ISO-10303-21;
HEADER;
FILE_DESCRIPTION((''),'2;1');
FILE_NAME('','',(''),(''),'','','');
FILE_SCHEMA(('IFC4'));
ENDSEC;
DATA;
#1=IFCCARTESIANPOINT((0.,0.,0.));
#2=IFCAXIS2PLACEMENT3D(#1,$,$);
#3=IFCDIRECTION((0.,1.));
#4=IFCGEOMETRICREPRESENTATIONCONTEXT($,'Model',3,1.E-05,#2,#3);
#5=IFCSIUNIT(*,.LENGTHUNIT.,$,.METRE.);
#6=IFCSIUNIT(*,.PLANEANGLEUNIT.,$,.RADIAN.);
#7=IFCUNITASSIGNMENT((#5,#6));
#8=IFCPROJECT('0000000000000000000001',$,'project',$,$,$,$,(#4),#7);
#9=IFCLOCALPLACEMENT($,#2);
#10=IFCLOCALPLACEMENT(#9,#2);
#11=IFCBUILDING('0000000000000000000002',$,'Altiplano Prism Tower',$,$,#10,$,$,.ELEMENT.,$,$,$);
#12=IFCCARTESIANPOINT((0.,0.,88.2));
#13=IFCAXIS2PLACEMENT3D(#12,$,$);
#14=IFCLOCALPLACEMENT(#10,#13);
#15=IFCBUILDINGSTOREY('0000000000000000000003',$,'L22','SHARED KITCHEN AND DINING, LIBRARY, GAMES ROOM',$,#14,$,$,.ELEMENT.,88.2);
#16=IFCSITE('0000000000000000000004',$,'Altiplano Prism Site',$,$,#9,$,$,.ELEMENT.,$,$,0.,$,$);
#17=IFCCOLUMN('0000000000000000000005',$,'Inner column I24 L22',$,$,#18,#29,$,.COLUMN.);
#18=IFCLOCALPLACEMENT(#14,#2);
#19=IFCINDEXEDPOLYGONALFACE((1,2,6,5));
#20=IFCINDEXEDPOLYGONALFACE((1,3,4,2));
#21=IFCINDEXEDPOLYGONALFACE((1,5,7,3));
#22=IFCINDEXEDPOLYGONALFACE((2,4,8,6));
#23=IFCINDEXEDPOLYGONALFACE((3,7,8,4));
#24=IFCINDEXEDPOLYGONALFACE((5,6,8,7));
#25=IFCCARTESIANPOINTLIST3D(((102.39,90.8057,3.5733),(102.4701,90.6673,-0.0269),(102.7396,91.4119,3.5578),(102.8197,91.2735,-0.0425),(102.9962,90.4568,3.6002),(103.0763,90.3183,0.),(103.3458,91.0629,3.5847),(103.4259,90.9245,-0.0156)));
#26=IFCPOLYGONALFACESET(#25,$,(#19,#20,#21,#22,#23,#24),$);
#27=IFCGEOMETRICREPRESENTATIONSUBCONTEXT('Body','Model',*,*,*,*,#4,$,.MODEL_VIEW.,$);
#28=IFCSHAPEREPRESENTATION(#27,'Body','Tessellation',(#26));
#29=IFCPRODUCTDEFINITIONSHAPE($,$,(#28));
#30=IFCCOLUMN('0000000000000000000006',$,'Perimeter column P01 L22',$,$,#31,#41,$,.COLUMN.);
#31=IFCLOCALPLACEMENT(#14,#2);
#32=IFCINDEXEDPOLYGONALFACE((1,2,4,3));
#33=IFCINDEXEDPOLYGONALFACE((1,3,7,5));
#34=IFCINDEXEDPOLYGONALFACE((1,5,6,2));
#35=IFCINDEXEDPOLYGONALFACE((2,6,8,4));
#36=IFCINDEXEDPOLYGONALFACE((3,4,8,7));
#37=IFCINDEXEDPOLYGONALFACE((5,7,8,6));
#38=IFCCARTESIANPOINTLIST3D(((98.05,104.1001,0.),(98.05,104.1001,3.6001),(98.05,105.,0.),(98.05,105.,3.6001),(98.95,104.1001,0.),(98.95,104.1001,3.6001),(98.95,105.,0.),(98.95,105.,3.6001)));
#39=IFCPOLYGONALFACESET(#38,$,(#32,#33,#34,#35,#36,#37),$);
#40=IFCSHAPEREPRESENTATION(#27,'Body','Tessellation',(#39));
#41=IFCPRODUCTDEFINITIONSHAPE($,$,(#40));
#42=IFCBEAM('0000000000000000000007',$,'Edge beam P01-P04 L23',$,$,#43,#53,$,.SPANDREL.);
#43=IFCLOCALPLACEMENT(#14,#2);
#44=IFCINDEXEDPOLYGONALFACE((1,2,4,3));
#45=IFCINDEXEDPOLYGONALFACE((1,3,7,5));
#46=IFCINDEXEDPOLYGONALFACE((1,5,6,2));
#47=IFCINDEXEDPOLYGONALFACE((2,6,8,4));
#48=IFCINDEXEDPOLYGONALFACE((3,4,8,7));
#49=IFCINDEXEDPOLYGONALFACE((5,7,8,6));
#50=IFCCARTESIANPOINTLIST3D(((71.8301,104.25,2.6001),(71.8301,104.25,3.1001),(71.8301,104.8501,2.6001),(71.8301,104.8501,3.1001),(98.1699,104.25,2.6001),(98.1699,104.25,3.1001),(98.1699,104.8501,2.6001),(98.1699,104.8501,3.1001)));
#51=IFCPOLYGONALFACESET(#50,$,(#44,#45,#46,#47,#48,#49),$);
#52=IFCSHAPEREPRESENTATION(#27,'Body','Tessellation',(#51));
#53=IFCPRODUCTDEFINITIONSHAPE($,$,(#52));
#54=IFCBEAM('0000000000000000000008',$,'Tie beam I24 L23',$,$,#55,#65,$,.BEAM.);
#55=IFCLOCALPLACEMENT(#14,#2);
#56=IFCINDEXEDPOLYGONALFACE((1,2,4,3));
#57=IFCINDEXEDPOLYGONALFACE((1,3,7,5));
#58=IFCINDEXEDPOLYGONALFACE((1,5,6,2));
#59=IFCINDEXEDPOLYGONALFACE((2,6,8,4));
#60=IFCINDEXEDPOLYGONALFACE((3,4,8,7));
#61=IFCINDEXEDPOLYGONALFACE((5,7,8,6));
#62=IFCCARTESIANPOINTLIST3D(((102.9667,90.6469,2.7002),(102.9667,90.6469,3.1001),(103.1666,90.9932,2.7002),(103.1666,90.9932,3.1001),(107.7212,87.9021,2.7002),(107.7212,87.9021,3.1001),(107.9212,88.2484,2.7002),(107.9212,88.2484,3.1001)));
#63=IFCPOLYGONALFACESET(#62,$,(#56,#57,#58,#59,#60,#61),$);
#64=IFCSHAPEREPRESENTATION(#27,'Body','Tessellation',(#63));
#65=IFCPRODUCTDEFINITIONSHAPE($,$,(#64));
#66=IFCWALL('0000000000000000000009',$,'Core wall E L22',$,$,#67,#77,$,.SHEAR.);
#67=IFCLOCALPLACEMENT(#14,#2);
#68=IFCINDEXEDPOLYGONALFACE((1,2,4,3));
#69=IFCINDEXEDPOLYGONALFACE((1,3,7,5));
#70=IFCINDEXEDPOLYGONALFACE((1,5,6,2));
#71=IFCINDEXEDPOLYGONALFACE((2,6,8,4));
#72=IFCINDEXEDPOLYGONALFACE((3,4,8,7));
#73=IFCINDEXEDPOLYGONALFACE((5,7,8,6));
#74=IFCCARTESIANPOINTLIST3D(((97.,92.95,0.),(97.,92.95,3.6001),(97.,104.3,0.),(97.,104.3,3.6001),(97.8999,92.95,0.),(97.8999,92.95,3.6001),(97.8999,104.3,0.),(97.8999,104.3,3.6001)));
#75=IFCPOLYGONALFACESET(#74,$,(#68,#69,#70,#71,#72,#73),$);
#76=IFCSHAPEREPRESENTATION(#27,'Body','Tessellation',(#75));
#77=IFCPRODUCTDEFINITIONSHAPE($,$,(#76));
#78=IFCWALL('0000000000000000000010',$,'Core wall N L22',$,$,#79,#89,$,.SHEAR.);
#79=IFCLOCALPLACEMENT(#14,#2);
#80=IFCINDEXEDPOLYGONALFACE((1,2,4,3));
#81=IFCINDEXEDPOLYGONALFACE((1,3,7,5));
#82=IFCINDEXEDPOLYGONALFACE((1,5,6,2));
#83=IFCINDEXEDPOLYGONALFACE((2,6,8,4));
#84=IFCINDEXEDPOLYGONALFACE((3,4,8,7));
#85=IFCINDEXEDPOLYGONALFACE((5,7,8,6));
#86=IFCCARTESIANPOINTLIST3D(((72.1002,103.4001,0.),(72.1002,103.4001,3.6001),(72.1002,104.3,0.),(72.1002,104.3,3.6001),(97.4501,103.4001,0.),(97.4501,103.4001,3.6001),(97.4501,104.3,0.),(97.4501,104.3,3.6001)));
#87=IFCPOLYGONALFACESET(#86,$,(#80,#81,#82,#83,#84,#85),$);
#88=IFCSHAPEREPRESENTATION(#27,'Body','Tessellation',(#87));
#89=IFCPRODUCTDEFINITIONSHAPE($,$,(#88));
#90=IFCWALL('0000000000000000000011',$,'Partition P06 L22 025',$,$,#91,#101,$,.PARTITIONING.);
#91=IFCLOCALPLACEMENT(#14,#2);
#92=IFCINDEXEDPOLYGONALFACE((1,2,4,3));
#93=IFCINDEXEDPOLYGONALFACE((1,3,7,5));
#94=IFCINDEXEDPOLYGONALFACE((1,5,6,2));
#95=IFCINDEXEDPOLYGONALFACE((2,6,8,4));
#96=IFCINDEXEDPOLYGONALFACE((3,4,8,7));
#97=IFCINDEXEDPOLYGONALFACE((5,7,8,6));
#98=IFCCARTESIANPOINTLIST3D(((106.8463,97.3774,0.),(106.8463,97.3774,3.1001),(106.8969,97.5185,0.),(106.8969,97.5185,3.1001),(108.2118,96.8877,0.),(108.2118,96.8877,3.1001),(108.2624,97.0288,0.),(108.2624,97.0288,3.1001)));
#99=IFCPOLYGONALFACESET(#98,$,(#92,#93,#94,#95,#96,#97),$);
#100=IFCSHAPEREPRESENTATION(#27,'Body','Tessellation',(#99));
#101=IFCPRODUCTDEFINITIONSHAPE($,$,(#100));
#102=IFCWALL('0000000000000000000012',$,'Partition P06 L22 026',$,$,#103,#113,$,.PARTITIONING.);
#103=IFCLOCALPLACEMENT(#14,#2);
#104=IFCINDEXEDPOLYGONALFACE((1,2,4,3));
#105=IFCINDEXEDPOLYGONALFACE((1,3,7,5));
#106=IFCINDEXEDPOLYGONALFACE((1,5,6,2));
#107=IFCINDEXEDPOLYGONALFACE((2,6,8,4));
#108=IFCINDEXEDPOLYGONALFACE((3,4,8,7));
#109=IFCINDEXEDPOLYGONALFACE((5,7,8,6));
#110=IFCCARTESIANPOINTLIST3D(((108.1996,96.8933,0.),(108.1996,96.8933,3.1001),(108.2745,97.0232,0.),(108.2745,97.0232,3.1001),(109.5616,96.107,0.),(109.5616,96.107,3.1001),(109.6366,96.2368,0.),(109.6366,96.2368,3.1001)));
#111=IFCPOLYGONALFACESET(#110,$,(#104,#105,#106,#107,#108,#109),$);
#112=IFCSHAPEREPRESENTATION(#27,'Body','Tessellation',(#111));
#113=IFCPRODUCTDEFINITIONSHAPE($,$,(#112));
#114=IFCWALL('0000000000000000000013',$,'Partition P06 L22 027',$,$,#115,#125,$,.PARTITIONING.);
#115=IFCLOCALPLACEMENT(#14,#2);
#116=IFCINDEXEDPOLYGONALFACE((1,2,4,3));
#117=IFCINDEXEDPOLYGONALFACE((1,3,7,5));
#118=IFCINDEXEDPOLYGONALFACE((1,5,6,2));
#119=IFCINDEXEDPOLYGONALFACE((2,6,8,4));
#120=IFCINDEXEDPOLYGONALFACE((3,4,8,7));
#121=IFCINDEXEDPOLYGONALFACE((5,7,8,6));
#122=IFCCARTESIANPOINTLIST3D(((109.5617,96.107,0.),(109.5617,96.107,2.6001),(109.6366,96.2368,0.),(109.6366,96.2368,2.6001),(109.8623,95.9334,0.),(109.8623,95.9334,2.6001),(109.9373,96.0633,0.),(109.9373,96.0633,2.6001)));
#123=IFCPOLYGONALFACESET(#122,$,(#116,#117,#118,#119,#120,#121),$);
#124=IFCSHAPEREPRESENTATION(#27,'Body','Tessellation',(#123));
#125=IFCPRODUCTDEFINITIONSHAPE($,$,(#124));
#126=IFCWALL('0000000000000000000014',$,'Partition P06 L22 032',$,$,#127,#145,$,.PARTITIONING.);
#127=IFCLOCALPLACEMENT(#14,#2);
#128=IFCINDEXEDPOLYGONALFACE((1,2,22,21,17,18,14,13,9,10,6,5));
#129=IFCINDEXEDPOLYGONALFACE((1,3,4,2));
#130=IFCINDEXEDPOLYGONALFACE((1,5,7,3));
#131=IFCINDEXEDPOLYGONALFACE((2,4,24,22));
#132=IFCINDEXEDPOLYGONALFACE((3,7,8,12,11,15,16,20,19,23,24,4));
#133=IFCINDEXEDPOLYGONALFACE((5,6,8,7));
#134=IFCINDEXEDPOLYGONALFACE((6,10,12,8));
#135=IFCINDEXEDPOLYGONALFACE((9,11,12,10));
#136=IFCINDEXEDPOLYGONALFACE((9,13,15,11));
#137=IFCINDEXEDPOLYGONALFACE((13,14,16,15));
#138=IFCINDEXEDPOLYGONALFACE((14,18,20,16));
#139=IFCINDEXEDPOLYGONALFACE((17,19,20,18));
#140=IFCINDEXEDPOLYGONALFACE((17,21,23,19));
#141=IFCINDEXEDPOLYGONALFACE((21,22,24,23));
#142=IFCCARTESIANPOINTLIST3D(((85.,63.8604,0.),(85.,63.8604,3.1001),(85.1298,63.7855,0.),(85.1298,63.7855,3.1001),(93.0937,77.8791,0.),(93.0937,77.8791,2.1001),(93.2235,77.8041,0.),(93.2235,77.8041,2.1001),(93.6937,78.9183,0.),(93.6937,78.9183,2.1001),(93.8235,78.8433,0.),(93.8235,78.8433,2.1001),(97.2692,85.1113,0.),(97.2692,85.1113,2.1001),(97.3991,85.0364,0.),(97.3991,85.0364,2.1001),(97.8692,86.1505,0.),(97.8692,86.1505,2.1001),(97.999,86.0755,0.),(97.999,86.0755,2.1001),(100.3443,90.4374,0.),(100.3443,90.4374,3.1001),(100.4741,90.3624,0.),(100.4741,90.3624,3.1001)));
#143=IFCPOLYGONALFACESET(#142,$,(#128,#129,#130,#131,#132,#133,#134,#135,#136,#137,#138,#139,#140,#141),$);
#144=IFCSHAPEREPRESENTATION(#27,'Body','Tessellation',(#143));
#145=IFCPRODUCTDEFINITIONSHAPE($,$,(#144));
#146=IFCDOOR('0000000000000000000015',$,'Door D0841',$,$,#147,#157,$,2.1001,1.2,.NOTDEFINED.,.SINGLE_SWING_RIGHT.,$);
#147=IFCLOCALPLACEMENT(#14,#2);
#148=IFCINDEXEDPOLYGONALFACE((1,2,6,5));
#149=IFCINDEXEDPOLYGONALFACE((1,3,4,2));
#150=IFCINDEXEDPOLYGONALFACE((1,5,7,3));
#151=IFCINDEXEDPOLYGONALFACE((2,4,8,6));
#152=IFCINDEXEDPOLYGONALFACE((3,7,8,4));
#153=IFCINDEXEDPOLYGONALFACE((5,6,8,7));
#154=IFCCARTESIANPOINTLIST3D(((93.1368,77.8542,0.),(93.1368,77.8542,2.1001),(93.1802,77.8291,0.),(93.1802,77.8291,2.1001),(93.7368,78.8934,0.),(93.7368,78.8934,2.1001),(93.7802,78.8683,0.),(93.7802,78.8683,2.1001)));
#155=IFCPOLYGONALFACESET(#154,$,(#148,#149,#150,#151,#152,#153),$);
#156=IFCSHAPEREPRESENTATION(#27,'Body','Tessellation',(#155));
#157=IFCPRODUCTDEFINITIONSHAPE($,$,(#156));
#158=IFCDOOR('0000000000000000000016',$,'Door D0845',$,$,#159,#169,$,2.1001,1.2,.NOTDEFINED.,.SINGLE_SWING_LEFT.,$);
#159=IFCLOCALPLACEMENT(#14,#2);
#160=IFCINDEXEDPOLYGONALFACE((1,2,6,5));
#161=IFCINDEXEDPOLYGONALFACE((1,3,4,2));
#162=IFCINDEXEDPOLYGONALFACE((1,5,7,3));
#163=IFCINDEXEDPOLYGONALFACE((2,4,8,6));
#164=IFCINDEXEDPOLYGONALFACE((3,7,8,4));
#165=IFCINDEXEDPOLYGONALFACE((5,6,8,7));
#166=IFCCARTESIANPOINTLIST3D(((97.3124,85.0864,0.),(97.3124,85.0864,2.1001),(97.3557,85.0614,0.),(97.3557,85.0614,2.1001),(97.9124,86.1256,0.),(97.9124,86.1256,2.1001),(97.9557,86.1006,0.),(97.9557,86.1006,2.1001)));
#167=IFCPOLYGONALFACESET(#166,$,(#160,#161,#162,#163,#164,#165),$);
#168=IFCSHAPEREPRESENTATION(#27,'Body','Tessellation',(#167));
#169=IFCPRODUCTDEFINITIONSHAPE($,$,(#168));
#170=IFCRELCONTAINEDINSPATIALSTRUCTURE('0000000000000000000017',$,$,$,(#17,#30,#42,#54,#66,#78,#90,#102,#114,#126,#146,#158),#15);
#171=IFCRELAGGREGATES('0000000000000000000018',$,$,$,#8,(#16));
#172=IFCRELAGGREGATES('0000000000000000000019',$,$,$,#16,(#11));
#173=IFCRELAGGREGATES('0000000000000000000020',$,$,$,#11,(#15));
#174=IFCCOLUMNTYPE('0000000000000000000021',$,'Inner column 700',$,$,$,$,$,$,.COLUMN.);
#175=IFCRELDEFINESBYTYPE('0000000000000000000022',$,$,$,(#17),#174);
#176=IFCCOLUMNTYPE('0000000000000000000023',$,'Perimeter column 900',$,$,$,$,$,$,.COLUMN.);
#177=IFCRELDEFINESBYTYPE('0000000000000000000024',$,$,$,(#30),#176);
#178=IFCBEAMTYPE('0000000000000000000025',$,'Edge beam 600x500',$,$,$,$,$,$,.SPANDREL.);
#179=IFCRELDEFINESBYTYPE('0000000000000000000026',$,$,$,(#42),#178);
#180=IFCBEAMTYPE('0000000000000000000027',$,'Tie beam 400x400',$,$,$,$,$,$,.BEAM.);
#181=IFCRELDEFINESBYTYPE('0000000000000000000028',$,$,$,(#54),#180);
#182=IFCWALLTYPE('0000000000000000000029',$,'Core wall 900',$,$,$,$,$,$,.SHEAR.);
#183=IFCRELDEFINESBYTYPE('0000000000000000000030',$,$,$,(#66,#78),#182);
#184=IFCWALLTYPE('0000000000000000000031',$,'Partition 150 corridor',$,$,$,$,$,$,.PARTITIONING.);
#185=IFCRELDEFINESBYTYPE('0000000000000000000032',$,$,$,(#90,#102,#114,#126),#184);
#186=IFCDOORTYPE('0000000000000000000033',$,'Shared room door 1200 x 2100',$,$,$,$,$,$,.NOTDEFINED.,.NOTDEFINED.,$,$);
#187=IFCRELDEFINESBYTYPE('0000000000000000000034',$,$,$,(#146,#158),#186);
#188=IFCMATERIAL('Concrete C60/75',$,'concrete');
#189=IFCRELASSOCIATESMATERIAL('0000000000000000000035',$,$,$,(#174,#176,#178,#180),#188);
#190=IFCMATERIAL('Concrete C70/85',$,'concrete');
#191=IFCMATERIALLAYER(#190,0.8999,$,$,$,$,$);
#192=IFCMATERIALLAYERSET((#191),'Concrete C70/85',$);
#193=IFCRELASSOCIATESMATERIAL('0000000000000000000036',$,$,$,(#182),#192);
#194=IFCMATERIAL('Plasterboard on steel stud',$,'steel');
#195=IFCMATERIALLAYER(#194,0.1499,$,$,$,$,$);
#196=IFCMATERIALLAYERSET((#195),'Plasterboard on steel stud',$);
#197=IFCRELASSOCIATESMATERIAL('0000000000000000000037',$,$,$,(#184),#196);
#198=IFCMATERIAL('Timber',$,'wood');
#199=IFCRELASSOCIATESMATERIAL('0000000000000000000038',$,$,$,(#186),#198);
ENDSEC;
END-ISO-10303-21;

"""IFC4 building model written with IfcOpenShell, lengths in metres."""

from ifc_helpers import new_model, si_unit, direction, frame, frame_2d, origin, origin_2d, place, context, subcontext, project, spatial, rectangle, extrude, material, layer, layer_set, material_profile, profile_set, type_object, element, fill, save


model = new_model("IFC4")

# Units and contexts
model_context = context("Model", 3, precision=1e-05, world=origin(), true_north=direction((0.0, 1.0)))
body_context = subcontext(model_context, "Body", "Model", "MODEL_VIEW")
ifc_project = project(units=[si_unit("LENGTHUNIT", "METRE"), si_unit("PLANEANGLEUNIT", "RADIAN")], contexts=[model_context])

# Site, building, storey
site_placement = place(None, origin())
site = spatial("IfcSite", under=ifc_project, at=site_placement, Name="Altiplano Prism Site", CompositionType="ELEMENT", RefElevation=0.0)
building_placement = place(site_placement, origin())
building = spatial("IfcBuilding", under=site, at=building_placement, Name="Altiplano Prism Tower", CompositionType="ELEMENT")
storey_placement = place(building_placement, frame((0.0, 0.0, 88.2)))
storey = spatial("IfcBuildingStorey", under=building, at=storey_placement, Name="L22", Description="SHARED KITCHEN AND DINING, LIBRARY, GAMES ROOM", CompositionType="ELEMENT", Elevation=88.2)

# Columns
ifc_material_1 = material(Name="Concrete C60/75", Category="concrete")
ifc_material_profile_1 = material_profile(ifc_material_1, rectangle(XDim=0.7, YDim=0.7, at=origin_2d()), Name="Inner column 700")
ifc_profile_set_1 = profile_set([ifc_material_profile_1], Name="Concrete C60/75")
column_type_1 = type_object("IfcColumnType", Name="Inner column 700", PredefinedType="COLUMN", material=ifc_profile_set_1)
column_1_placement = place(storey_placement, frame((102.948, 90.7959, -0.0212), z_axis=(-0.022221, 0.038413, 0.999015), x_axis=(-0.499513, -0.866022, 0.022189)))
element("IfcColumn", 1, at=column_1_placement, inside=storey, type_object=column_type_1, Name="Inner column I24 L22", PredefinedType="COLUMN", context=body_context, shape_type="SweptSolid", body=[
    extrude(rectangle(XDim=0.7, YDim=0.7, at=origin_2d()), origin(), (0.0, 0.0, 1.0), 3.6038),
])
ifc_material_profile_2 = material_profile(ifc_material_1, rectangle(XDim=0.8999, YDim=0.8999, at=origin_2d()), Name="Perimeter column 900")
ifc_profile_set_2 = profile_set([ifc_material_profile_2], Name="Concrete C60/75")
column_type_2 = type_object("IfcColumnType", Name="Perimeter column 900", PredefinedType="COLUMN", material=ifc_profile_set_2)
column_2_placement = place(storey_placement, frame((98.5, 104.55, 0.0), z_axis=(0.0, 0.0, 1.0), x_axis=(1.0, 0.0, 0.0)))
element("IfcColumn", 2, at=column_2_placement, inside=storey, type_object=column_type_2, Name="Perimeter column P01 L22", PredefinedType="COLUMN", context=body_context, shape_type="SweptSolid", body=[
    extrude(rectangle(XDim=0.8999, YDim=0.8999, at=origin_2d()), origin(), (0.0, 0.0, 1.0), 3.6001),
])

# Beams
ifc_material_profile_3 = material_profile(ifc_material_1, rectangle(XDim=0.6001, YDim=0.5, at=origin_2d()), Name="Edge beam 600x500")
ifc_profile_set_3 = profile_set([ifc_material_profile_3], Name="Concrete C60/75")
beam_type_1 = type_object("IfcBeamType", Name="Edge beam 600x500", PredefinedType="SPANDREL", material=ifc_profile_set_3)
beam_1_placement = place(storey_placement, frame((98.1699, 104.55, 2.8501), z_axis=(-1.0, 0.0, 0.0), x_axis=(0.0, -1.0, 0.0)))
element("IfcBeam", 3, at=beam_1_placement, inside=storey, type_object=beam_type_1, Name="Edge beam P01-P04 L23", PredefinedType="SPANDREL", context=body_context, shape_type="SweptSolid", body=[
    extrude(rectangle(XDim=0.6001, YDim=0.5, at=origin_2d()), origin(), (0.0, 0.0, 1.0), 26.3398),
])
ifc_material_profile_4 = material_profile(ifc_material_1, rectangle(XDim=0.3999, YDim=0.3999, at=origin_2d()), Name="Tie beam 400x400")
ifc_profile_set_4 = profile_set([ifc_material_profile_4], Name="Concrete C60/75")
beam_type_2 = type_object("IfcBeamType", Name="Tie beam 400x400", PredefinedType="BEAM", material=ifc_profile_set_4)
beam_2_placement = place(storey_placement, frame((103.0667, 90.8201, 2.9001), z_axis=(0.866043, -0.49997, 0.0), x_axis=(0.49997, 0.866043, 0.0)))
element("IfcBeam", 4, at=beam_2_placement, inside=storey, type_object=beam_type_2, Name="Tie beam I24 L23", PredefinedType="BEAM", context=body_context, shape_type="SweptSolid", body=[
    extrude(rectangle(XDim=0.3999, YDim=0.3999, at=origin_2d()), origin(), (0.0, 0.0, 1.0), 5.49),
])

# Walls
ifc_material_2 = material(Name="Concrete C70/85", Category="concrete")
ifc_layer_1 = layer(ifc_material_2, 0.8999)
ifc_layer_set_1 = layer_set([ifc_layer_1], Name="Concrete C70/85")
wall_type_1 = type_object("IfcWallType", Name="Core wall 900", PredefinedType="SHEAR", material=ifc_layer_set_1)
wall_1_placement = place(storey_placement, frame((97.45, 92.95, 0.0), z_axis=(0.0, 0.0, 1.0), x_axis=(0.0, 1.0, 0.0)))
element("IfcWall", 5, at=wall_1_placement, inside=storey, type_object=wall_type_1, Name="Core wall E L22", PredefinedType="SHEAR", context=body_context, shape_type="SweptSolid", body=[
    extrude(rectangle(XDim=11.3501, YDim=0.8999, at=frame_2d((5.675, 0.0))), origin(), (0.0, 0.0, 1.0), 3.6001),
])
wall_2_placement = place(storey_placement, frame((97.45, 103.8501, 0.0), z_axis=(0.0, 0.0, 1.0), x_axis=(-1.0, 0.0, 0.0)))
element("IfcWall", 6, at=wall_2_placement, inside=storey, type_object=wall_type_1, Name="Core wall N L22", PredefinedType="SHEAR", context=body_context, shape_type="SweptSolid", body=[
    extrude(rectangle(XDim=25.3499, YDim=0.8999, at=frame_2d((12.6748, 0.0))), origin(), (0.0, 0.0, 1.0), 3.6001),
])
ifc_material_3 = material(Name="Plasterboard on steel stud", Category="steel")
ifc_layer_2 = layer(ifc_material_3, 0.1499)
ifc_layer_set_2 = layer_set([ifc_layer_2], Name="Plasterboard on steel stud")
wall_type_2 = type_object("IfcWallType", Name="Partition 150 corridor", PredefinedType="PARTITIONING", material=ifc_layer_set_2)
wall_3_placement = place(storey_placement, frame((106.8716, 97.448, 0.0), z_axis=(0.0, 0.0, 1.0), x_axis=(0.941288, -0.337605, 0.0)))
element("IfcWall", 7, at=wall_3_placement, inside=storey, type_object=wall_type_2, Name="Partition P06 L22 025", PredefinedType="PARTITIONING", context=body_context, shape_type="SweptSolid", body=[
    extrude(rectangle(XDim=1.4507, YDim=0.1499, at=frame_2d((0.7253, 0.0))), origin(), (0.0, 0.0, 1.0), 3.1001),
])
wall_4_placement = place(storey_placement, frame((108.2371, 96.9583, 0.0), z_axis=(0.0, 0.0, 1.0), x_axis=(0.866028, -0.499996, 0.0)))
element("IfcWall", 8, at=wall_4_placement, inside=storey, type_object=wall_type_2, Name="Partition P06 L22 026", PredefinedType="PARTITIONING", context=body_context, shape_type="SweptSolid", body=[
    extrude(rectangle(XDim=1.5728, YDim=0.1499, at=frame_2d((0.7864, 0.0))), origin(), (0.0, 0.0, 1.0), 3.1001),
])
wall_5_placement = place(storey_placement, frame((109.5991, 96.1719, 0.0), z_axis=(0.0, 0.0, 1.0), x_axis=(0.866115, -0.499844, 0.0)))
element("IfcWall", 9, at=wall_5_placement, inside=storey, type_object=wall_type_2, Name="Partition P06 L22 027", PredefinedType="PARTITIONING", context=body_context, shape_type="SweptSolid", body=[
    extrude(rectangle(XDim=0.3472, YDim=0.1499, at=frame_2d((0.1736, 0.0))), origin(), (0.0, 0.0, 1.0), 2.6001),
])

# Wall, openings, doors
wall_6_placement = place(storey_placement, frame((100.4092, 90.3999, 0.0), z_axis=(0.0, 0.0, 1.0), x_axis=(-0.500001, -0.866025, 0.0)))
wall_6 = element("IfcWall", 10, at=wall_6_placement, inside=storey, type_object=wall_type_2, Name="Partition P06 L22 032", PredefinedType="PARTITIONING", context=body_context, shape_type="SweptSolid", body=[
    extrude(rectangle(XDim=30.6885, YDim=0.1499, at=frame_2d((15.3442, 0.0))), origin(), (0.0, 0.0, 1.0), 3.1001),
])
opening_1_placement = place(wall_6_placement, frame((13.301, 0.0, 0.0)))
opening_1 = element("IfcOpeningElement", 11, at=opening_1_placement, cuts=wall_6, PredefinedType="OPENING", context=body_context, shape_type="SweptSolid", body=[
    extrude(rectangle(XDim=1.2, YDim=2.1001, at=frame_2d((0.6001, 1.05))), frame((0.0, 0.0854, 0.0), z_axis=(0.0, -1.0, 0.0), x_axis=(1.0, 0.0, 0.0)), (0.0, 0.0, 1.0), 0.1709),
])
opening_2_placement = place(wall_6_placement, frame((4.95, 0.0, 0.0)))
opening_2 = element("IfcOpeningElement", 12, at=opening_2_placement, cuts=wall_6, PredefinedType="OPENING", context=body_context, shape_type="SweptSolid", body=[
    extrude(rectangle(XDim=1.2, YDim=2.1001, at=frame_2d((0.6001, 1.05))), frame((0.0, 0.0854, 0.0), z_axis=(0.0, -1.0, 0.0), x_axis=(1.0, 0.0, 0.0)), (0.0, 0.0, 1.0), 0.1709),
])
ifc_material_4 = material(Name="Timber", Category="wood")
door_type = type_object("IfcDoorType", Name="Shared room door 1200 x 2100", OperationType="NOTDEFINED", PredefinedType="NOTDEFINED", material=ifc_material_4)
door_1_placement = place(opening_1_placement, origin())
door_1 = element("IfcDoor", 13, at=door_1_placement, inside=storey, type_object=door_type, Name="Door D0841", OperationType="SINGLE_SWING_RIGHT", OverallHeight=2.1001, OverallWidth=1.2, PredefinedType="NOTDEFINED", context=body_context, shape_type="SweptSolid", body=[
    extrude(rectangle(XDim=1.2, YDim=2.1001, at=frame_2d((0.6001, 1.05))), frame((0.0, 0.0249, 0.0), z_axis=(0.0, -1.0, 0.0), x_axis=(1.0, 0.0, 0.0)), (0.0, 0.0, 1.0), 0.05),
])
fill(opening_1, door_1)
door_2_placement = place(opening_2_placement, origin())
door_2 = element("IfcDoor", 14, at=door_2_placement, inside=storey, type_object=door_type, Name="Door D0845", OperationType="SINGLE_SWING_LEFT", OverallHeight=2.1001, OverallWidth=1.2, PredefinedType="NOTDEFINED", context=body_context, shape_type="SweptSolid", body=[
    extrude(rectangle(XDim=1.2, YDim=2.1001, at=frame_2d((0.6001, 1.05))), frame((0.0, 0.0249, 0.0), z_axis=(0.0, -1.0, 0.0), x_axis=(1.0, 0.0, 0.0)), (0.0, 0.0, 1.0), 0.05),
])
fill(opening_2, door_2)

save(model, "model.ifc")
